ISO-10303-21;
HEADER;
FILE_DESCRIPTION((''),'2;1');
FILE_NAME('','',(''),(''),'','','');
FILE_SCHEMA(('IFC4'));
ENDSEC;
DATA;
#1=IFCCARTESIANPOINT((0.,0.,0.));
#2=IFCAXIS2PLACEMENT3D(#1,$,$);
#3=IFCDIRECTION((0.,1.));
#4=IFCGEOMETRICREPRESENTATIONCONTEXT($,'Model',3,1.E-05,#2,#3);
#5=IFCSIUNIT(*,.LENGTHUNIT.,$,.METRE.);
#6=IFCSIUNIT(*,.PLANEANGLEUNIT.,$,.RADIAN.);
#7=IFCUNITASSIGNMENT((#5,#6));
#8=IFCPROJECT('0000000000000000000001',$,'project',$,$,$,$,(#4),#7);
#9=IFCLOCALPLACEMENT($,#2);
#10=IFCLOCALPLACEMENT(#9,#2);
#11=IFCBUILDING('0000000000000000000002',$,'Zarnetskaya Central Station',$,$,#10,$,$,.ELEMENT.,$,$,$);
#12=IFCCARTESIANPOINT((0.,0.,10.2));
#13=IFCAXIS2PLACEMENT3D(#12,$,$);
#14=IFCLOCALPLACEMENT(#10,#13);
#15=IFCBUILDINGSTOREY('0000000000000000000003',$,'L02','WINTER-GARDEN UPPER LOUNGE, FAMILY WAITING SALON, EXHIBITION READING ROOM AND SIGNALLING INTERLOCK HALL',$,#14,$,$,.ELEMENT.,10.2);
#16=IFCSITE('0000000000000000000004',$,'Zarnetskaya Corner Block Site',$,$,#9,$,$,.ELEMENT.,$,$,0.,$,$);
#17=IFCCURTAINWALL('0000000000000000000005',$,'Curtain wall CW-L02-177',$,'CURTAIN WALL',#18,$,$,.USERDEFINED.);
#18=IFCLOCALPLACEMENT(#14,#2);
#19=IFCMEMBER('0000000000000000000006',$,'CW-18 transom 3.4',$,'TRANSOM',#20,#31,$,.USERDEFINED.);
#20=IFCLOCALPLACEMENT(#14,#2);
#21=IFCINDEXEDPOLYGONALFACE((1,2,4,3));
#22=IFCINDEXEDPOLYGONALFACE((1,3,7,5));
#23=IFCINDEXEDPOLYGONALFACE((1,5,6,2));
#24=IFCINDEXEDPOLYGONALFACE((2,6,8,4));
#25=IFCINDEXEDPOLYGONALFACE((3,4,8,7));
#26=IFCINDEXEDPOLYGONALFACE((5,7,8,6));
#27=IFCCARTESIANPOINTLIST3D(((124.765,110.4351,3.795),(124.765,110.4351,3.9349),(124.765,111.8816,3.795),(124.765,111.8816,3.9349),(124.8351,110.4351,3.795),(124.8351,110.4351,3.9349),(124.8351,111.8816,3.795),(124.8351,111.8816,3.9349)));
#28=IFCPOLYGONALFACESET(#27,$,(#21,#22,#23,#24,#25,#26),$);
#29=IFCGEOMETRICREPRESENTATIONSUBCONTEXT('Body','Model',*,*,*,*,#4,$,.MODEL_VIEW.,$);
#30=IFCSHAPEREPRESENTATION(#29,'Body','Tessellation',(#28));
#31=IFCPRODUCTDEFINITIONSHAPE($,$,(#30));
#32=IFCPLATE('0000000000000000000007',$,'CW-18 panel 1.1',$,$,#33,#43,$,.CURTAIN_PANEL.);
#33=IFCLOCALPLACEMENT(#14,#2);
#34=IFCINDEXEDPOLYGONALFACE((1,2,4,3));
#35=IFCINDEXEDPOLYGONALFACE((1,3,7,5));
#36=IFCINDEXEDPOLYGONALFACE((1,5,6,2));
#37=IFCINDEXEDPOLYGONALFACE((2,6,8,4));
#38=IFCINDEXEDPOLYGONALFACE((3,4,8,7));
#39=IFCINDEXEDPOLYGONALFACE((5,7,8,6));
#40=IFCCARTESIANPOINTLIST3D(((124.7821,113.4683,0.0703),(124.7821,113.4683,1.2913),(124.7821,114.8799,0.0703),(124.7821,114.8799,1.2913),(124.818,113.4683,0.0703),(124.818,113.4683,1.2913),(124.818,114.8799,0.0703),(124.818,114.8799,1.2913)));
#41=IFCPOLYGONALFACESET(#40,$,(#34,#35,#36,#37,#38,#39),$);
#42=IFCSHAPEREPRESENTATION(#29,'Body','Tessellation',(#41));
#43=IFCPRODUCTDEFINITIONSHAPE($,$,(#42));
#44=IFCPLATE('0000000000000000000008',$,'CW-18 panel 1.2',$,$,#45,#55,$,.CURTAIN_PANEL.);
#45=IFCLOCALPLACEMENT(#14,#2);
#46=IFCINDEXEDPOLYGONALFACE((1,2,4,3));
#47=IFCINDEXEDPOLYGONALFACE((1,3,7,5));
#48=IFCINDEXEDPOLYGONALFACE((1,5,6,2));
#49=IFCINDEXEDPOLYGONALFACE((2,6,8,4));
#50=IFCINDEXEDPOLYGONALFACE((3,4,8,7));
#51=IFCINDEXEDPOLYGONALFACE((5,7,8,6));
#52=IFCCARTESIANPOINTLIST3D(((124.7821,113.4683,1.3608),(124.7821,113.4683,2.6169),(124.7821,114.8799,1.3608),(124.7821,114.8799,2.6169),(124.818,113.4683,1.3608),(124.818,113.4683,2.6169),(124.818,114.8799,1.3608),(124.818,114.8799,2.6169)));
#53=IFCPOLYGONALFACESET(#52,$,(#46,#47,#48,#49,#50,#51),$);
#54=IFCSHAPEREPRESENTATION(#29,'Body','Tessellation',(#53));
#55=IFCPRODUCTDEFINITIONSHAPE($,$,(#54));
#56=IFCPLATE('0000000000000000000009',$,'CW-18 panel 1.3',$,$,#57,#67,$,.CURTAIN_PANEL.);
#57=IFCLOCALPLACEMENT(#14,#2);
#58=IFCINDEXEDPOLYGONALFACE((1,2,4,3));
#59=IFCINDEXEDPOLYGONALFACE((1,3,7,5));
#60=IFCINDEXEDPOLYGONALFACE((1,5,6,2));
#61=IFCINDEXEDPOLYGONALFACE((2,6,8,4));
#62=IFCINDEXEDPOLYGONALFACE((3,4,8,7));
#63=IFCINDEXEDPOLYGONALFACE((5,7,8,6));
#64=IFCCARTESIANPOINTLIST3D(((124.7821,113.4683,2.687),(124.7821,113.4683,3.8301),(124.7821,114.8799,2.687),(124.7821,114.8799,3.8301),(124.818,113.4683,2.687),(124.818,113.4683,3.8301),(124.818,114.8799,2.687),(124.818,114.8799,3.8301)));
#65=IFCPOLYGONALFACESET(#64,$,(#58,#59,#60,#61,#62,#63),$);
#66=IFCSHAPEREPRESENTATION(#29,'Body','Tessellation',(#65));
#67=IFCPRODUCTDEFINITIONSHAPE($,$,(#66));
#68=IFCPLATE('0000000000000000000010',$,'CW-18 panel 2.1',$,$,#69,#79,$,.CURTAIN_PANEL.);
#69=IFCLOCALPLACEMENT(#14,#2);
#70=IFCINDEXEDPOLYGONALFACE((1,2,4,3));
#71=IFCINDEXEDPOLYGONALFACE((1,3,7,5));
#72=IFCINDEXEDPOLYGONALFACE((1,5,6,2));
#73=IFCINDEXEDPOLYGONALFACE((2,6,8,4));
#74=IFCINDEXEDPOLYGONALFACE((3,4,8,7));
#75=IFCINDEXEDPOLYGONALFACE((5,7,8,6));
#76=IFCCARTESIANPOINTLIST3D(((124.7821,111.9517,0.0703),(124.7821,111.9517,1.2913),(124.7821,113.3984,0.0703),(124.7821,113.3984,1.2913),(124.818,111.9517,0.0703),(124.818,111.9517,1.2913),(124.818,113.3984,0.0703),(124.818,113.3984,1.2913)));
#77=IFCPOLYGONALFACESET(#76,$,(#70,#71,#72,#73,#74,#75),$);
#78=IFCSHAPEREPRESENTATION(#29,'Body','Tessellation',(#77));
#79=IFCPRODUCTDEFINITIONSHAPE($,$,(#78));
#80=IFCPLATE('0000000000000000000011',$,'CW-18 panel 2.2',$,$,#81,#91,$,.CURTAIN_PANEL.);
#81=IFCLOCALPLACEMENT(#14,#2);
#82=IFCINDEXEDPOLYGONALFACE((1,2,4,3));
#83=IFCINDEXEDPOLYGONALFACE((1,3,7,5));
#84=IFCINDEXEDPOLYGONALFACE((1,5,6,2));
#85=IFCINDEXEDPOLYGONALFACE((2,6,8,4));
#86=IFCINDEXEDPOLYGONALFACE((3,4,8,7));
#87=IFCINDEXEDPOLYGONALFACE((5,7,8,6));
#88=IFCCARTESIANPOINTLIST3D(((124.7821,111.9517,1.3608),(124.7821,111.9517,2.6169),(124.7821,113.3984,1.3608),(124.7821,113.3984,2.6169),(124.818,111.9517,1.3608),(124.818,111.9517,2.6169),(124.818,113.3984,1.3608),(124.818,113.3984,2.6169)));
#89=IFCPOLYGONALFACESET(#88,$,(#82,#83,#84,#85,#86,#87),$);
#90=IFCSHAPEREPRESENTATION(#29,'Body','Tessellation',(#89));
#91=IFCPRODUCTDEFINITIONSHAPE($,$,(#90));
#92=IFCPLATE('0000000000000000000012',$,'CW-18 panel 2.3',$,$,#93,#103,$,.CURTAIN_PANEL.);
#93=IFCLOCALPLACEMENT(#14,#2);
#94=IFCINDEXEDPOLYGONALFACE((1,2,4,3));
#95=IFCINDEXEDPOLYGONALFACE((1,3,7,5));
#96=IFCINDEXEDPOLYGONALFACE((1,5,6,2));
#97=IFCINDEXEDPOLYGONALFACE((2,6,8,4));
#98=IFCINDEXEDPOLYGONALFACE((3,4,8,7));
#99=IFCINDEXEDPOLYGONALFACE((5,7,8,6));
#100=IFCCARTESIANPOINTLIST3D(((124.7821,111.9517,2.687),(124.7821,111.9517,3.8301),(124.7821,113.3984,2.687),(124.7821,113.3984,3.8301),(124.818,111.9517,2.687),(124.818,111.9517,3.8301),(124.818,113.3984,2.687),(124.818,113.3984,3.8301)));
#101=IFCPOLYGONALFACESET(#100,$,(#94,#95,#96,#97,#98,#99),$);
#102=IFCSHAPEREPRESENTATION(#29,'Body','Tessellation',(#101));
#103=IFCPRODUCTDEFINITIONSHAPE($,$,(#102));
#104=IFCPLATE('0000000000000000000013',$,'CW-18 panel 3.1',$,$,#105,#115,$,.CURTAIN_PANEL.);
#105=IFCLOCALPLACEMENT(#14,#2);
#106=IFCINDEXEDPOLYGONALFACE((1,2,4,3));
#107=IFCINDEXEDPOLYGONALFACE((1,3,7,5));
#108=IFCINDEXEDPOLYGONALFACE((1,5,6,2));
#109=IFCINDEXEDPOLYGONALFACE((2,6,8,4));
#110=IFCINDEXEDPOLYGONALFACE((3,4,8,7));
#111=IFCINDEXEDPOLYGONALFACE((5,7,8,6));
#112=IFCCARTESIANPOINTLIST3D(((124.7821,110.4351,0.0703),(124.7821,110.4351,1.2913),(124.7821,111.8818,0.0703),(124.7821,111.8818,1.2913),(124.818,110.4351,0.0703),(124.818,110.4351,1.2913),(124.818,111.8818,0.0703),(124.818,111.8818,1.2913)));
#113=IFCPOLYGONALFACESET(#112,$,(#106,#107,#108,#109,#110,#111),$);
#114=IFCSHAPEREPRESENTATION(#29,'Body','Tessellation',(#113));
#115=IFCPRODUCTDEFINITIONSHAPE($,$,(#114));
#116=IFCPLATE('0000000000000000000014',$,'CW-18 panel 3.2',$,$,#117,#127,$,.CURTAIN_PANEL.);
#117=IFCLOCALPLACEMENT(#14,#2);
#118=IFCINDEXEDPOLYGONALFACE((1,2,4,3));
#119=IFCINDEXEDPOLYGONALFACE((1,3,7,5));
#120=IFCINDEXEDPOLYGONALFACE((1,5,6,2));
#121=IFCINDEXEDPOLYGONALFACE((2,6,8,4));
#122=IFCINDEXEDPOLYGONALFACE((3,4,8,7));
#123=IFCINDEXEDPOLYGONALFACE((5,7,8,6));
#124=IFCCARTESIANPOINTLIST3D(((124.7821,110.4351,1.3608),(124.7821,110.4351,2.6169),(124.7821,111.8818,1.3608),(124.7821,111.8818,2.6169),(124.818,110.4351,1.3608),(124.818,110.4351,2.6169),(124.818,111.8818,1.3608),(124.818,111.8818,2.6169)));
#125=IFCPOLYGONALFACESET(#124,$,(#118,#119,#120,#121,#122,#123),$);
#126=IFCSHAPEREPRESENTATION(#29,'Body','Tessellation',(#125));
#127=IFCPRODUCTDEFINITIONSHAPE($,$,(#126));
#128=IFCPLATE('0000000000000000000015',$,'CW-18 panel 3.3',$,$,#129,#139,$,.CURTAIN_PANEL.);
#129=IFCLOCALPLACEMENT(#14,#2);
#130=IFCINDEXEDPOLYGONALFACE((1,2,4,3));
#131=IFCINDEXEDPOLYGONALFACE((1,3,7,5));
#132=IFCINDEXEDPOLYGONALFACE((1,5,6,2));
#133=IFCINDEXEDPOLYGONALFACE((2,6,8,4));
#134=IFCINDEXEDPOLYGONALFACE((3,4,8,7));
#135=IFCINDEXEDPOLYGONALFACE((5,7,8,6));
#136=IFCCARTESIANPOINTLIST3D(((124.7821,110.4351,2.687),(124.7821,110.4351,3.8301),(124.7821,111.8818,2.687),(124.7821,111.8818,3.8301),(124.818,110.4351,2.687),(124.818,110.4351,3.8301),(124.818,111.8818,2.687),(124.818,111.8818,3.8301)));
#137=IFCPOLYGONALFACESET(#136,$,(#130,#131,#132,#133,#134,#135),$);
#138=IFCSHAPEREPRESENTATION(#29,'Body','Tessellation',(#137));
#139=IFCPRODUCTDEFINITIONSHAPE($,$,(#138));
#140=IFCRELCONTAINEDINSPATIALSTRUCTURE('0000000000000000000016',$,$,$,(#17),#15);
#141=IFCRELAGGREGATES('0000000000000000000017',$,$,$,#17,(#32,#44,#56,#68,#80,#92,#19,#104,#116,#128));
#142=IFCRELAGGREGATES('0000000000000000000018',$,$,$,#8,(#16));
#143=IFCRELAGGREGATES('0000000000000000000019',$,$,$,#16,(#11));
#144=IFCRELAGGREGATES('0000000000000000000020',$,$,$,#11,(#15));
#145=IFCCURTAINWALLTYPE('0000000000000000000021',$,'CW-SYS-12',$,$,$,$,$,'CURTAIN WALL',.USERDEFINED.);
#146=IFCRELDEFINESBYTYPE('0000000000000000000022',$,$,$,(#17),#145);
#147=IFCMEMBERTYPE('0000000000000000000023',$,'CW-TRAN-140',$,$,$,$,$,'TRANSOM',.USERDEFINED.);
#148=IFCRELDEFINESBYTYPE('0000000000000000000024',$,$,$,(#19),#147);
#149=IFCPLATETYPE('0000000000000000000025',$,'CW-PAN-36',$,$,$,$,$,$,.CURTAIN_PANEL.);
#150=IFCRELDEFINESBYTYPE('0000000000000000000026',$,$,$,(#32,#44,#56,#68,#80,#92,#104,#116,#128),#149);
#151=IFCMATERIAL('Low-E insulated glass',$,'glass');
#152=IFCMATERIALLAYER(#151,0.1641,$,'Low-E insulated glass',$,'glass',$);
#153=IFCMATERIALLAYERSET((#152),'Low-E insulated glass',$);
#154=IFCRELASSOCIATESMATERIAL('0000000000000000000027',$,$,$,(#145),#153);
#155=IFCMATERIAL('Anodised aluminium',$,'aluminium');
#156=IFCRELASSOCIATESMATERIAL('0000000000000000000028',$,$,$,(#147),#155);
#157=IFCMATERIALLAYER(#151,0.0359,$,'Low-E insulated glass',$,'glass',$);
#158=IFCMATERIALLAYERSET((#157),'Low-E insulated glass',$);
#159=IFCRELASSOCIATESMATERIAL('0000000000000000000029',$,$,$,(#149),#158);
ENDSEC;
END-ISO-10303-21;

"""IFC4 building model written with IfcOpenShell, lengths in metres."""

from ifc_helpers import new_model, si_unit, direction, frame, origin, origin_2d, place, context, subcontext, project, spatial, rectangle, extrude, material, layer, layer_set, material_profile, profile_set, type_object, element, aggregate, save


model = new_model("IFC4")

# Units and contexts
model_context = context("Model", 3, precision=1e-05, world=origin(), true_north=direction((0.0, 1.0)))
body_context = subcontext(model_context, "Body", "Model", "MODEL_VIEW")
ifc_project = project(units=[si_unit("LENGTHUNIT", "METRE"), si_unit("PLANEANGLEUNIT", "RADIAN")], contexts=[model_context])

# Site, building, storey
site_placement = place(None, origin())
site = spatial("IfcSite", under=ifc_project, at=site_placement, Name="Zarnetskaya Corner Block Site", CompositionType="ELEMENT", RefElevation=0.0)
building_placement = place(site_placement, origin())
building = spatial("IfcBuilding", under=site, at=building_placement, Name="Zarnetskaya Central Station", CompositionType="ELEMENT")
storey_placement = place(building_placement, frame((0.0, 0.0, 10.2)))
storey = spatial("IfcBuildingStorey", under=building, at=storey_placement, Name="L02", Description="WINTER-GARDEN UPPER LOUNGE, FAMILY WAITING SALON, EXHIBITION READING ROOM AND SIGNALLING INTERLOCK HALL", CompositionType="ELEMENT", Elevation=10.2)

# Curtain wall, member, plates
ifc_material_1 = material(Name="Low-E insulated glass", Category="glass")
ifc_layer_1 = layer(ifc_material_1, 0.1641, Name="Low-E insulated glass", Category="glass")
ifc_layer_set_1 = layer_set([ifc_layer_1], Name="Low-E insulated glass")
curtain_wall_type = type_object("IfcCurtainWallType", Name="CW-SYS-12", ElementType="CURTAIN WALL", PredefinedType="USERDEFINED", material=ifc_layer_set_1)
curtain_wall_placement = place(storey_placement, origin())
curtain_wall = element("IfcCurtainWall", 1, at=curtain_wall_placement, inside=storey, type_object=curtain_wall_type, Name="Curtain wall CW-L02-177", ObjectType="CURTAIN WALL", PredefinedType="USERDEFINED")
ifc_material_2 = material(Name="Anodised aluminium", Category="aluminium")
ifc_material_profile_1 = material_profile(ifc_material_2, rectangle(XDim=0.0701, YDim=0.1399, at=origin_2d()), Name="ALU TRAN 70x140")
ifc_profile_set_1 = profile_set([ifc_material_profile_1], Name="Anodised aluminium")
member_type_1 = type_object("IfcMemberType", Name="CW-TRAN-140", ElementType="TRANSOM", PredefinedType="USERDEFINED", material=ifc_profile_set_1)
member_1_placement = place(storey_placement, frame((124.8, 111.8816, 3.865), z_axis=(0.0, -1.0, 0.0), x_axis=(1.0, 0.0, 0.0)))
member_1 = element("IfcMember", 2, at=member_1_placement, type_object=member_type_1, Name="CW-18 transom 3.4", ObjectType="TRANSOM", PredefinedType="USERDEFINED", context=body_context, shape_type="SweptSolid", body=[
    extrude(rectangle(XDim=0.0701, YDim=0.1399, at=origin_2d()), origin(), (0.0, 0.0, 1.0), 1.4465),
])
ifc_layer_2 = layer(ifc_material_1, 0.0359, Name="Low-E insulated glass", Category="glass")
ifc_layer_set_2 = layer_set([ifc_layer_2], Name="Low-E insulated glass")
plate_type = type_object("IfcPlateType", Name="CW-PAN-36", PredefinedType="CURTAIN_PANEL", material=ifc_layer_set_2)
plate_1_placement = place(storey_placement, frame((124.8, 114.1741, 0.0703), z_axis=(0.0, 0.0, 1.0), x_axis=(0.0, -1.0, 0.0)))
plate_1 = element("IfcPlate", 3, at=plate_1_placement, type_object=plate_type, Name="CW-18 panel 1.1", PredefinedType="CURTAIN_PANEL", context=body_context, shape_type="SweptSolid", body=[
    extrude(rectangle(XDim=1.4116, YDim=0.0359, at=origin_2d()), origin(), (0.0, 0.0, 1.0), 1.2209),
])
plate_2_placement = place(storey_placement, frame((124.8, 114.1741, 1.3608), z_axis=(0.0, 0.0, 1.0), x_axis=(0.0, -1.0, 0.0)))
plate_2 = element("IfcPlate", 4, at=plate_2_placement, type_object=plate_type, Name="CW-18 panel 1.2", PredefinedType="CURTAIN_PANEL", context=body_context, shape_type="SweptSolid", body=[
    extrude(rectangle(XDim=1.4116, YDim=0.0359, at=origin_2d()), origin(), (0.0, 0.0, 1.0), 1.2561),
])
plate_3_placement = place(storey_placement, frame((124.8, 114.1741, 2.687), z_axis=(0.0, 0.0, 1.0), x_axis=(0.0, -1.0, 0.0)))
plate_3 = element("IfcPlate", 5, at=plate_3_placement, type_object=plate_type, Name="CW-18 panel 1.3", PredefinedType="CURTAIN_PANEL", context=body_context, shape_type="SweptSolid", body=[
    extrude(rectangle(XDim=1.4116, YDim=0.0359, at=origin_2d()), origin(), (0.0, 0.0, 1.0), 1.1431),
])
plate_4_placement = place(storey_placement, frame((124.8, 112.675, 0.0703), z_axis=(0.0, 0.0, 1.0), x_axis=(0.0, -1.0, 0.0)))
plate_4 = element("IfcPlate", 6, at=plate_4_placement, type_object=plate_type, Name="CW-18 panel 2.1", PredefinedType="CURTAIN_PANEL", context=body_context, shape_type="SweptSolid", body=[
    extrude(rectangle(XDim=1.4468, YDim=0.0359, at=origin_2d()), origin(), (0.0, 0.0, 1.0), 1.2209),
])
plate_5_placement = place(storey_placement, frame((124.8, 112.675, 1.3608), z_axis=(0.0, 0.0, 1.0), x_axis=(0.0, -1.0, 0.0)))
plate_5 = element("IfcPlate", 7, at=plate_5_placement, type_object=plate_type, Name="CW-18 panel 2.2", PredefinedType="CURTAIN_PANEL", context=body_context, shape_type="SweptSolid", body=[
    extrude(rectangle(XDim=1.4468, YDim=0.0359, at=origin_2d()), origin(), (0.0, 0.0, 1.0), 1.2561),
])
plate_6_placement = place(storey_placement, frame((124.8, 112.675, 2.687), z_axis=(0.0, 0.0, 1.0), x_axis=(0.0, -1.0, 0.0)))
plate_6 = element("IfcPlate", 8, at=plate_6_placement, type_object=plate_type, Name="CW-18 panel 2.3", PredefinedType="CURTAIN_PANEL", context=body_context, shape_type="SweptSolid", body=[
    extrude(rectangle(XDim=1.4468, YDim=0.0359, at=origin_2d()), origin(), (0.0, 0.0, 1.0), 1.1431),
])
plate_7_placement = place(storey_placement, frame((124.8, 111.1584, 0.0703), z_axis=(0.0, 0.0, 1.0), x_axis=(0.0, -1.0, 0.0)))
plate_7 = element("IfcPlate", 9, at=plate_7_placement, type_object=plate_type, Name="CW-18 panel 3.1", PredefinedType="CURTAIN_PANEL", context=body_context, shape_type="SweptSolid", body=[
    extrude(rectangle(XDim=1.4468, YDim=0.0359, at=origin_2d()), origin(), (0.0, 0.0, 1.0), 1.2209),
])
plate_8_placement = place(storey_placement, frame((124.8, 111.1584, 1.3608), z_axis=(0.0, 0.0, 1.0), x_axis=(0.0, -1.0, 0.0)))
plate_8 = element("IfcPlate", 10, at=plate_8_placement, type_object=plate_type, Name="CW-18 panel 3.2", PredefinedType="CURTAIN_PANEL", context=body_context, shape_type="SweptSolid", body=[
    extrude(rectangle(XDim=1.4468, YDim=0.0359, at=origin_2d()), origin(), (0.0, 0.0, 1.0), 1.2561),
])
plate_9_placement = place(storey_placement, frame((124.8, 111.1584, 2.687), z_axis=(0.0, 0.0, 1.0), x_axis=(0.0, -1.0, 0.0)))
plate_9 = element("IfcPlate", 11, at=plate_9_placement, type_object=plate_type, Name="CW-18 panel 3.3", PredefinedType="CURTAIN_PANEL", context=body_context, shape_type="SweptSolid", body=[
    extrude(rectangle(XDim=1.4468, YDim=0.0359, at=origin_2d()), origin(), (0.0, 0.0, 1.0), 1.1431),
])
aggregate(curtain_wall, [plate_1, plate_2, plate_3, plate_4, plate_5, plate_6, member_1, plate_7, plate_8, plate_9])

save(model, "model.ifc")
